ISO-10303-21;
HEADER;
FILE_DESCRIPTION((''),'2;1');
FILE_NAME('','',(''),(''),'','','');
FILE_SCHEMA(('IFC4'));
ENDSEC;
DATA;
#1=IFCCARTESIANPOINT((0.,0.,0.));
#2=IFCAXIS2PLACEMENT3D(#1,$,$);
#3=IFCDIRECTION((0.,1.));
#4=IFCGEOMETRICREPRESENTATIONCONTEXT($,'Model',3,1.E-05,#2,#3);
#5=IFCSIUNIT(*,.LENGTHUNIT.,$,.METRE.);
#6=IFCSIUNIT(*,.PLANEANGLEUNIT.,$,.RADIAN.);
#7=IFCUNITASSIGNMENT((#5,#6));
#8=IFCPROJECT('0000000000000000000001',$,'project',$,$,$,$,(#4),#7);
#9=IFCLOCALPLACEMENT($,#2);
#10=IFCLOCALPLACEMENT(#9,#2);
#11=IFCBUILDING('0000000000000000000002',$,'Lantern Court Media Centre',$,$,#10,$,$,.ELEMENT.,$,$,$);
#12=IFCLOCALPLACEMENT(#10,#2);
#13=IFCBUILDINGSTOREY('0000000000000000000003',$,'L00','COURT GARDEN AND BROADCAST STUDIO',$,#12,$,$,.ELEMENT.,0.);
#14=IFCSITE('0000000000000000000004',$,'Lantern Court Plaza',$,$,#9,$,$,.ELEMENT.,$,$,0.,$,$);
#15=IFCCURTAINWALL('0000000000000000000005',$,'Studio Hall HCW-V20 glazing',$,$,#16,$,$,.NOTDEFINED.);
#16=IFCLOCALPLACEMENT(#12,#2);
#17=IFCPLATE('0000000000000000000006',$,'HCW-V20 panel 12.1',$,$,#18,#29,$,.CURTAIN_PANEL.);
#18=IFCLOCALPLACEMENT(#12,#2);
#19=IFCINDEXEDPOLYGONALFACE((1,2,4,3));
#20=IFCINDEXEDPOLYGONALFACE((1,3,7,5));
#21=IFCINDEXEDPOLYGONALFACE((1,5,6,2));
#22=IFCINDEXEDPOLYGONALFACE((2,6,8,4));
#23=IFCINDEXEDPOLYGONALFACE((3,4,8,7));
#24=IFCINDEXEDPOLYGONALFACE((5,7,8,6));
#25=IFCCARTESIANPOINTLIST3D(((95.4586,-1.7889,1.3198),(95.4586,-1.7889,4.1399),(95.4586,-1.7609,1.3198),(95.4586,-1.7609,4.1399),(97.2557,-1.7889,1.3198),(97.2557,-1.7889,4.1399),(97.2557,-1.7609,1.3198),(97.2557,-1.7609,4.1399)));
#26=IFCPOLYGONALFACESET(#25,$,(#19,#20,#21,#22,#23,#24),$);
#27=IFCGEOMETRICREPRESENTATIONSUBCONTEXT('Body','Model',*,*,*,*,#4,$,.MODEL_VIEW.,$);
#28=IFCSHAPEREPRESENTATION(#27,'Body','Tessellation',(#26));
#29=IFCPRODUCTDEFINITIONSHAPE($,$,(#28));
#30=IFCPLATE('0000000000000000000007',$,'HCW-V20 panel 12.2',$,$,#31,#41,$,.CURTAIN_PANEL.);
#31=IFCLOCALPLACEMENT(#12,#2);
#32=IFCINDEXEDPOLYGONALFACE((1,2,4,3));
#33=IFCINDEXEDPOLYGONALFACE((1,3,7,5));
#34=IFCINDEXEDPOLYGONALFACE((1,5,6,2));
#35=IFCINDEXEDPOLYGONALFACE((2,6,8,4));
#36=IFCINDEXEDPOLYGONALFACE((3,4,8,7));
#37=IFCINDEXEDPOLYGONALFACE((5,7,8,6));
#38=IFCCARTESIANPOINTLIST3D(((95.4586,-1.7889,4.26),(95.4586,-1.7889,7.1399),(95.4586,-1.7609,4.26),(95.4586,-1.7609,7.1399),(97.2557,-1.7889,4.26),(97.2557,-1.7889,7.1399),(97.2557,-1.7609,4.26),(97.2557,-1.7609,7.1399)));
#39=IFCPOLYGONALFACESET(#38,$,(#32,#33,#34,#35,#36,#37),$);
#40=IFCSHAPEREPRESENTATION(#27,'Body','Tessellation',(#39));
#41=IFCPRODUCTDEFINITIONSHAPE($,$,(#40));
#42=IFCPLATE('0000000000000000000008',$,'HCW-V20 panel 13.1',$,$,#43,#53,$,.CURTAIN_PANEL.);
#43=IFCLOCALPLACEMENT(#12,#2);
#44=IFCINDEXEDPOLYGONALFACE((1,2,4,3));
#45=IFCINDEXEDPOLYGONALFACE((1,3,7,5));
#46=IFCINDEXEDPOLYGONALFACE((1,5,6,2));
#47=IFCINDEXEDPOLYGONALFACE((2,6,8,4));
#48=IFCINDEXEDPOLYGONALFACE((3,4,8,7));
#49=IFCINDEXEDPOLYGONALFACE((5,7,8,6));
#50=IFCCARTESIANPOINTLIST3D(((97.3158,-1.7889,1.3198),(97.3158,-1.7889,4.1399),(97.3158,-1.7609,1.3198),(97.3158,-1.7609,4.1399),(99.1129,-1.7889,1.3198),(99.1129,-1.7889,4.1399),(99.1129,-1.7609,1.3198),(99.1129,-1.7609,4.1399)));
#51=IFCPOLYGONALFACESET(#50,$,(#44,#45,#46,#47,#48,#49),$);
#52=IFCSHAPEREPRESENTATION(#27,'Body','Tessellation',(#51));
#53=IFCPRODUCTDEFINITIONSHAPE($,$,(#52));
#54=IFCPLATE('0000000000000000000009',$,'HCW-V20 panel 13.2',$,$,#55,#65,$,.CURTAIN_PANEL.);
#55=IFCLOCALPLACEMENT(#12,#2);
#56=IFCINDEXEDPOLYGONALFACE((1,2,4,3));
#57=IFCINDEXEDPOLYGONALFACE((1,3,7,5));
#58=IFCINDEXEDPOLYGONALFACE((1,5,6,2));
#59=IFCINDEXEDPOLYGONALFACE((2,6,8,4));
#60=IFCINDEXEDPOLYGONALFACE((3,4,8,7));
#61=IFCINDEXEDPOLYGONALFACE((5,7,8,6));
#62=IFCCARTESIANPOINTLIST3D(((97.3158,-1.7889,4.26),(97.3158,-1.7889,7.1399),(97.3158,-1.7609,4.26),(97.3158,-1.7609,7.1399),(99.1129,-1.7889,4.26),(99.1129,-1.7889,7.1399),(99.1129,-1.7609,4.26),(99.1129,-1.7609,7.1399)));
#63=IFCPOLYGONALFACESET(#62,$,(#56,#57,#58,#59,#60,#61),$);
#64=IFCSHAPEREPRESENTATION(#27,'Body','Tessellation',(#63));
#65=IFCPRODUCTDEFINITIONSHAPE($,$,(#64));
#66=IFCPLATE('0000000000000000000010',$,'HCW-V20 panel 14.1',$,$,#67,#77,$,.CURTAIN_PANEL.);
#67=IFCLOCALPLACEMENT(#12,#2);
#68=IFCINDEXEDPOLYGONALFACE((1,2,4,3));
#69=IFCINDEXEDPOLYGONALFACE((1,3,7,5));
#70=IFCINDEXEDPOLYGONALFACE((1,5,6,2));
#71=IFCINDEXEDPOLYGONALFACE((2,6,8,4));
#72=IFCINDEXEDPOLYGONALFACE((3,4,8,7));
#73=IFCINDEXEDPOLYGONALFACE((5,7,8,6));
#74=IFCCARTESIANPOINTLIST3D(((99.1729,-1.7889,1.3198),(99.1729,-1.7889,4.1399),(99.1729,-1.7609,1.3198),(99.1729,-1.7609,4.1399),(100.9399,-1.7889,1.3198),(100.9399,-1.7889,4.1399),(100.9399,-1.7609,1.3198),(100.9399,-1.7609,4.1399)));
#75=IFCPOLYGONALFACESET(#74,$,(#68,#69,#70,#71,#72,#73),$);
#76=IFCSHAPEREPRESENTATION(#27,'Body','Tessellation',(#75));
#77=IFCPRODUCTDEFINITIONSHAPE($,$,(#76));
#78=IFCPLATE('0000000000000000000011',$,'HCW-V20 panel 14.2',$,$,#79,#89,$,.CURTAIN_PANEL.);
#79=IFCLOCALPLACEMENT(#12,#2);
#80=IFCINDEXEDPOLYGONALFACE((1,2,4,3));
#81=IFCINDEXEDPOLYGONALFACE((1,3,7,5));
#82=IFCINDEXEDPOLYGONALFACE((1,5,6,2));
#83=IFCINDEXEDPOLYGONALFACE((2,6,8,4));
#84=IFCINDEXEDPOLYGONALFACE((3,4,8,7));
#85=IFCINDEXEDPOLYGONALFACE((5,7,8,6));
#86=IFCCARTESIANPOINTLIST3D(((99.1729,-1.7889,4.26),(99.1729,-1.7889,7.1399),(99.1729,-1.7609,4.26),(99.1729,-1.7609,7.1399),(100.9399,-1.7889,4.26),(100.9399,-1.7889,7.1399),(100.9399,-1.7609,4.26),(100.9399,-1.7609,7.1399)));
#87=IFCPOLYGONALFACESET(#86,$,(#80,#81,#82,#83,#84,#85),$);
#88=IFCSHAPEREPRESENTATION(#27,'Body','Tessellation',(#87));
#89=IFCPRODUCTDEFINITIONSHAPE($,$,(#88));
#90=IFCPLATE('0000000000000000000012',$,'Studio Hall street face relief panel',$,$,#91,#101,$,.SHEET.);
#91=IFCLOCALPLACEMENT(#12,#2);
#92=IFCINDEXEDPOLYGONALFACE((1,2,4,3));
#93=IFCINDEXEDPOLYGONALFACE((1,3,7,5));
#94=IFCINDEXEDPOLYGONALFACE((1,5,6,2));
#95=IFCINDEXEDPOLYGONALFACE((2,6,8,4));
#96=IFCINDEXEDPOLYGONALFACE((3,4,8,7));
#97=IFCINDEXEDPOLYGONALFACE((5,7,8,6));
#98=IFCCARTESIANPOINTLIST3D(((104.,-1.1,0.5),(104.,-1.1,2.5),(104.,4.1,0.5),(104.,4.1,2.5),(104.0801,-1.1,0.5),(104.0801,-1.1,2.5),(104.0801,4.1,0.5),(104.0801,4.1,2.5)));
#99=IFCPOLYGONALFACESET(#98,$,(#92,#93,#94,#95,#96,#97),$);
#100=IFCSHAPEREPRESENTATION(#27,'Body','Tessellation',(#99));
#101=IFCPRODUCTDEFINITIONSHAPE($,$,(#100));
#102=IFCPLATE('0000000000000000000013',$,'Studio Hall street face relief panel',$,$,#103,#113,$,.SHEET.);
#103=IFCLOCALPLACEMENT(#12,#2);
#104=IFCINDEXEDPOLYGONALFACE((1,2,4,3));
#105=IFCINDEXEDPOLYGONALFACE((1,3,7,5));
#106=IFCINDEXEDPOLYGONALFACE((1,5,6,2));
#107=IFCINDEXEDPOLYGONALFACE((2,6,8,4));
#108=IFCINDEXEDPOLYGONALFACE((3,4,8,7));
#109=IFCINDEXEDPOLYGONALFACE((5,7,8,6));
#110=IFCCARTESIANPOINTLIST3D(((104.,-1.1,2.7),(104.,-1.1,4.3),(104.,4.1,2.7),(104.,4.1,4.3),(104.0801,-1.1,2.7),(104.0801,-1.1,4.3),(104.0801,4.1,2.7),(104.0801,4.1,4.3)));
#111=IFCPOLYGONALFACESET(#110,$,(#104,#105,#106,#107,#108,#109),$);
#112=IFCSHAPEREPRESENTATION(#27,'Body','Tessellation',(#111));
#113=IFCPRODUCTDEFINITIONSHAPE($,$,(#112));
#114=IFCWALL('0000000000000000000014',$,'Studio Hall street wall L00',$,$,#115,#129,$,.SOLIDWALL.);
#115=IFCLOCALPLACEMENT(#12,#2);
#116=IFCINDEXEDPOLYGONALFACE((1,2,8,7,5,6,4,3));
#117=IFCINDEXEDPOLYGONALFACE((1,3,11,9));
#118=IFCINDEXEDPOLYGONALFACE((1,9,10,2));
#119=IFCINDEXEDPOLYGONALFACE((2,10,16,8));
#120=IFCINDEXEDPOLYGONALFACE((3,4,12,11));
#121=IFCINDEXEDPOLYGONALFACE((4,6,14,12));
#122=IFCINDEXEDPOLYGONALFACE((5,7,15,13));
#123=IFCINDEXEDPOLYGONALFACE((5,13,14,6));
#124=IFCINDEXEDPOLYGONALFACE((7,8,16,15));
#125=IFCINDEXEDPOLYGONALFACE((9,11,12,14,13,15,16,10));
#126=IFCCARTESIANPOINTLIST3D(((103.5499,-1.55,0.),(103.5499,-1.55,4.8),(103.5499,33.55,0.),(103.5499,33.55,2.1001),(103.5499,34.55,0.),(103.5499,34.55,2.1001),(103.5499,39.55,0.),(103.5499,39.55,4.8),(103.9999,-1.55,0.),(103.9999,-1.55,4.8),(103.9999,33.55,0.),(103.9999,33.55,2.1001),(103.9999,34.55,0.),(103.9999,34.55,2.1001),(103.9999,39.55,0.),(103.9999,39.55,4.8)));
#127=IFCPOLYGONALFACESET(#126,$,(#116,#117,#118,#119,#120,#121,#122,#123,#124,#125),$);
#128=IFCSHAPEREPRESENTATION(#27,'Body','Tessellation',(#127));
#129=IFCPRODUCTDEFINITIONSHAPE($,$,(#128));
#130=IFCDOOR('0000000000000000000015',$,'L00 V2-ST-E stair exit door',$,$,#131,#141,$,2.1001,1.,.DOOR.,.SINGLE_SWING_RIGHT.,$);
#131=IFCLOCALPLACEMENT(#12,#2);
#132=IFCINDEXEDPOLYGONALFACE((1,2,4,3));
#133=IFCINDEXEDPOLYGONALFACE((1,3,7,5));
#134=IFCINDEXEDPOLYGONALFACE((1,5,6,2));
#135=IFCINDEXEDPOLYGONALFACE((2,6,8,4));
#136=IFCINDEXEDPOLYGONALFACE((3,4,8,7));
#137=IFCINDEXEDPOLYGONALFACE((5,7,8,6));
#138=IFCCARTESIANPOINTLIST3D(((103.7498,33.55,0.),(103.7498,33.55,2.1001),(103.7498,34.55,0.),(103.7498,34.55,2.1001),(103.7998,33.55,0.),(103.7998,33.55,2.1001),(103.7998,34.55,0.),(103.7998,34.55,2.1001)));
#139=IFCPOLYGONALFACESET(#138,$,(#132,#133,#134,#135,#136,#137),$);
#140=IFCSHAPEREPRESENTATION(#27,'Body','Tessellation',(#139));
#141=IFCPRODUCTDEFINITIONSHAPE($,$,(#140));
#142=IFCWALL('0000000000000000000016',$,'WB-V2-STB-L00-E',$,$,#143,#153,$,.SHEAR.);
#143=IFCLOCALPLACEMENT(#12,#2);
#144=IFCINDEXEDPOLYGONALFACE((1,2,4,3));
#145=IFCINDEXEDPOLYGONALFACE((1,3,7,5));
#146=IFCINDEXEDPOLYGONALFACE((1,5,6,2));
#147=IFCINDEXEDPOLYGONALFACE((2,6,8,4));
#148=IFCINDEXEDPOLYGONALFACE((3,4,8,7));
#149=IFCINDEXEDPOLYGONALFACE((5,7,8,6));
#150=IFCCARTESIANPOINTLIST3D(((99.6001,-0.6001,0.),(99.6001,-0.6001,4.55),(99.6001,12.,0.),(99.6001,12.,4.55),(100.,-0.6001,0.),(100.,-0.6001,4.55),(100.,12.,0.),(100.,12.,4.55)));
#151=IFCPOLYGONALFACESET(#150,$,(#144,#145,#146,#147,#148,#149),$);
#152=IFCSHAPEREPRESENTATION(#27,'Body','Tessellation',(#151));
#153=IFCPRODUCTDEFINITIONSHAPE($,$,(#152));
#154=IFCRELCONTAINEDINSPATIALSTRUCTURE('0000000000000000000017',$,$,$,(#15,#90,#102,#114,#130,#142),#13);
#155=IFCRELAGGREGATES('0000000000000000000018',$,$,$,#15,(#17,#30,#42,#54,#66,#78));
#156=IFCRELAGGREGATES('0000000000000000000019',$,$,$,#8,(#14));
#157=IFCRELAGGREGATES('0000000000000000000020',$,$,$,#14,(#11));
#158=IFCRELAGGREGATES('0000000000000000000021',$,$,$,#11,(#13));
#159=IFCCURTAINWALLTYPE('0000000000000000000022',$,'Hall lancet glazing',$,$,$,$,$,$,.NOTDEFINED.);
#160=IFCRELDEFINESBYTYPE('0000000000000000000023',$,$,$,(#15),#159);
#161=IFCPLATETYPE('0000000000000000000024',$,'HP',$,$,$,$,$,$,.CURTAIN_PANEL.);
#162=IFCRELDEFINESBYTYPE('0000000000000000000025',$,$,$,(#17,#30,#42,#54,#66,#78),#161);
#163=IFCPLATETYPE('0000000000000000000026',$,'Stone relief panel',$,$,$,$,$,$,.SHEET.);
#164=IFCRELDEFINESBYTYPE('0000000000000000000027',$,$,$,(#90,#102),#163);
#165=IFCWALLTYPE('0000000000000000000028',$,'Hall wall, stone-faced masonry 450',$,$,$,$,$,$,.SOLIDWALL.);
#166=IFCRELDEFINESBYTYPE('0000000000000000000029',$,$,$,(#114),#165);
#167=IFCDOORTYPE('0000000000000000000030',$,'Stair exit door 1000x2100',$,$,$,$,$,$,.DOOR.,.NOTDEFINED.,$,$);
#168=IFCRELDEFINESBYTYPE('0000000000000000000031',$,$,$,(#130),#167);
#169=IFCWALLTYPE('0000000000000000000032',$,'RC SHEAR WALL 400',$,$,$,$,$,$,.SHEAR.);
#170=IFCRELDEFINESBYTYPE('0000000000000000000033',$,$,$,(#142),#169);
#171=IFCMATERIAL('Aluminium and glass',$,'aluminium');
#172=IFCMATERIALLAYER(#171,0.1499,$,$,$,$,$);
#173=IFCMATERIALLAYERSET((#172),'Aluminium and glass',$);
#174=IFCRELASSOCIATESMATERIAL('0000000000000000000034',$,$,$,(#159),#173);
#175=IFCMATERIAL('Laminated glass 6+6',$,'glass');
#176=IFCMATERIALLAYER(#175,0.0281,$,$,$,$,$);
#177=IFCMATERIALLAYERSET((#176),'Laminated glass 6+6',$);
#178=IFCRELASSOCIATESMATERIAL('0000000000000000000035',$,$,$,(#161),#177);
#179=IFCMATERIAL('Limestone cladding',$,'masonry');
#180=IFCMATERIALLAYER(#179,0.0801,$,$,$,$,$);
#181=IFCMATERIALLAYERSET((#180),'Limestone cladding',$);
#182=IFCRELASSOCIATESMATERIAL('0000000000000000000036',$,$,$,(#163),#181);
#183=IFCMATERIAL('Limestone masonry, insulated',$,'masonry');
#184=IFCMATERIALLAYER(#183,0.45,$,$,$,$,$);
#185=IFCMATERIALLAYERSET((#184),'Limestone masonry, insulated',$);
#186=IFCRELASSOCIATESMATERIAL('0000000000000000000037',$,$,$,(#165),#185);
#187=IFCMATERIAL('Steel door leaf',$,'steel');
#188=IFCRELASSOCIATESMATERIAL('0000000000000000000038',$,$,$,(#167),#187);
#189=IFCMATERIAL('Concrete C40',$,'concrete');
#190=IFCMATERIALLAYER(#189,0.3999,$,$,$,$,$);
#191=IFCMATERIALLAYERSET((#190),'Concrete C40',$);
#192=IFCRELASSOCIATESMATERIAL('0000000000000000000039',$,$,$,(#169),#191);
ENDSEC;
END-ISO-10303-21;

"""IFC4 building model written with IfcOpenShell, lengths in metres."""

from ifc_helpers import new_model, si_unit, direction, frame, frame_2d, origin, origin_2d, place, context, subcontext, project, spatial, rectangle, extrude, material, layer, layer_set, type_object, element, fill, aggregate, save


model = new_model("IFC4")

# Units and contexts
model_context = context("Model", 3, precision=1e-05, world=origin(), true_north=direction((0.0, 1.0)))
body_context = subcontext(model_context, "Body", "Model", "MODEL_VIEW")
ifc_project = project(units=[si_unit("LENGTHUNIT", "METRE"), si_unit("PLANEANGLEUNIT", "RADIAN")], contexts=[model_context])

# Site, building, storey
site_placement = place(None, origin())
site = spatial("IfcSite", under=ifc_project, at=site_placement, Name="Lantern Court Plaza", CompositionType="ELEMENT", RefElevation=0.0)
building_placement = place(site_placement, origin())
building = spatial("IfcBuilding", under=site, at=building_placement, Name="Lantern Court Media Centre", CompositionType="ELEMENT")
storey_placement = place(building_placement, origin())
storey = spatial("IfcBuildingStorey", under=building, at=storey_placement, Name="L00", Description="COURT GARDEN AND BROADCAST STUDIO", CompositionType="ELEMENT", Elevation=0.0)

# Curtain wall
ifc_material_1 = material(Name="Aluminium and glass", Category="aluminium")
ifc_layer_1 = layer(ifc_material_1, 0.1499)
ifc_layer_set_1 = layer_set([ifc_layer_1], Name="Aluminium and glass")
curtain_wall_type = type_object("IfcCurtainWallType", Name="Hall lancet glazing", PredefinedType="NOTDEFINED", material=ifc_layer_set_1)
curtain_wall_placement = place(storey_placement, origin())
curtain_wall = element("IfcCurtainWall", 1, at=curtain_wall_placement, inside=storey, type_object=curtain_wall_type, Name="Studio Hall HCW-V20 glazing", PredefinedType="NOTDEFINED")

# Plates
ifc_material_2 = material(Name="Laminated glass 6+6", Category="glass")
ifc_layer_2 = layer(ifc_material_2, 0.0281)
ifc_layer_set_2 = layer_set([ifc_layer_2], Name="Laminated glass 6+6")
plate_type_1 = type_object("IfcPlateType", Name="HP", PredefinedType="CURTAIN_PANEL", material=ifc_layer_set_2)
plate_1_placement = place(storey_placement, frame((96.3572, -1.7749, 1.3198), z_axis=(0.0, 0.0, 1.0), x_axis=(1.0, 0.0, 0.0)))
plate_1 = element("IfcPlate", 2, at=plate_1_placement, type_object=plate_type_1, Name="HCW-V20 panel 12.1", PredefinedType="CURTAIN_PANEL", context=body_context, shape_type="SweptSolid", body=[
    extrude(rectangle(XDim=1.7971, YDim=0.0281, at=origin_2d()), origin(), (0.0, 0.0, 1.0), 2.8201),
])
plate_2_placement = place(storey_placement, frame((96.3572, -1.7749, 4.26), z_axis=(0.0, 0.0, 1.0), x_axis=(1.0, 0.0, 0.0)))
plate_2 = element("IfcPlate", 3, at=plate_2_placement, type_object=plate_type_1, Name="HCW-V20 panel 12.2", PredefinedType="CURTAIN_PANEL", context=body_context, shape_type="SweptSolid", body=[
    extrude(rectangle(XDim=1.7971, YDim=0.0281, at=origin_2d()), origin(), (0.0, 0.0, 1.0), 2.8799),
])
plate_3_placement = place(storey_placement, frame((98.2144, -1.7749, 1.3198), z_axis=(0.0, 0.0, 1.0), x_axis=(1.0, 0.0, 0.0)))
plate_3 = element("IfcPlate", 4, at=plate_3_placement, type_object=plate_type_1, Name="HCW-V20 panel 13.1", PredefinedType="CURTAIN_PANEL", context=body_context, shape_type="SweptSolid", body=[
    extrude(rectangle(XDim=1.7971, YDim=0.0281, at=origin_2d()), origin(), (0.0, 0.0, 1.0), 2.8201),
])
plate_4_placement = place(storey_placement, frame((98.2144, -1.7749, 4.26), z_axis=(0.0, 0.0, 1.0), x_axis=(1.0, 0.0, 0.0)))
plate_4 = element("IfcPlate", 5, at=plate_4_placement, type_object=plate_type_1, Name="HCW-V20 panel 13.2", PredefinedType="CURTAIN_PANEL", context=body_context, shape_type="SweptSolid", body=[
    extrude(rectangle(XDim=1.7971, YDim=0.0281, at=origin_2d()), origin(), (0.0, 0.0, 1.0), 2.8799),
])
plate_5_placement = place(storey_placement, frame((100.0564, -1.7749, 1.3198), z_axis=(0.0, 0.0, 1.0), x_axis=(1.0, 0.0, 0.0)))
plate_5 = element("IfcPlate", 6, at=plate_5_placement, type_object=plate_type_1, Name="HCW-V20 panel 14.1", PredefinedType="CURTAIN_PANEL", context=body_context, shape_type="SweptSolid", body=[
    extrude(rectangle(XDim=1.7671, YDim=0.0281, at=origin_2d()), origin(), (0.0, 0.0, 1.0), 2.8201),
])
plate_6_placement = place(storey_placement, frame((100.0564, -1.7749, 4.26), z_axis=(0.0, 0.0, 1.0), x_axis=(1.0, 0.0, 0.0)))
plate_6 = element("IfcPlate", 7, at=plate_6_placement, type_object=plate_type_1, Name="HCW-V20 panel 14.2", PredefinedType="CURTAIN_PANEL", context=body_context, shape_type="SweptSolid", body=[
    extrude(rectangle(XDim=1.7671, YDim=0.0281, at=origin_2d()), origin(), (0.0, 0.0, 1.0), 2.8799),
])
aggregate(curtain_wall, [plate_1, plate_2, plate_3, plate_4, plate_5, plate_6])

# Plates
ifc_material_3 = material(Name="Limestone cladding", Category="masonry")
ifc_layer_3 = layer(ifc_material_3, 0.0801)
ifc_layer_set_3 = layer_set([ifc_layer_3], Name="Limestone cladding")
plate_type_2 = type_object("IfcPlateType", Name="Stone relief panel", PredefinedType="SHEET", material=ifc_layer_set_3)
plate_7_placement = place(storey_placement, frame((104.04, 1.5, 0.5), z_axis=(0.0, 0.0, 1.0), x_axis=(1.0, 0.0, 0.0)))
element("IfcPlate", 8, at=plate_7_placement, inside=storey, type_object=plate_type_2, Name="Studio Hall street face relief panel", PredefinedType="SHEET", context=body_context, shape_type="SweptSolid", body=[
    extrude(rectangle(XDim=0.0801, YDim=5.2, at=origin_2d()), origin(), (0.0, 0.0, 1.0), 2.0),
])
plate_8_placement = place(storey_placement, frame((104.04, 1.5, 2.7), z_axis=(0.0, 0.0, 1.0), x_axis=(1.0, 0.0, 0.0)))
element("IfcPlate", 9, at=plate_8_placement, inside=storey, type_object=plate_type_2, Name="Studio Hall street face relief panel", PredefinedType="SHEET", context=body_context, shape_type="SweptSolid", body=[
    extrude(rectangle(XDim=0.0801, YDim=5.2, at=origin_2d()), origin(), (0.0, 0.0, 1.0), 1.6001),
])

# Wall, opening, door
ifc_material_4 = material(Name="Limestone masonry, insulated", Category="masonry")
ifc_layer_4 = layer(ifc_material_4, 0.45)
ifc_layer_set_4 = layer_set([ifc_layer_4], Name="Limestone masonry, insulated")
wall_type_1 = type_object("IfcWallType", Name="Hall wall, stone-faced masonry 450", PredefinedType="SOLIDWALL", material=ifc_layer_set_4)
wall_1_placement = place(storey_placement, frame((103.7749, -1.55, 0.0), z_axis=(0.0, 0.0, 1.0), x_axis=(0.0, 1.0, 0.0)))
wall_1 = element("IfcWall", 10, at=wall_1_placement, inside=storey, type_object=wall_type_1, Name="Studio Hall street wall L00", PredefinedType="SOLIDWALL", context=body_context, shape_type="SweptSolid", body=[
    extrude(rectangle(XDim=41.1001, YDim=0.45, at=frame_2d((20.55, 0.0))), origin(), (0.0, 0.0, 1.0), 4.8),
])
opening_1_placement = place(wall_1_placement, frame((35.1001, 0.0, 0.0)))
opening_1 = element("IfcOpeningElement", 11, at=opening_1_placement, cuts=wall_1, PredefinedType="OPENING", context=body_context, shape_type="SweptSolid", body=[
    extrude(rectangle(XDim=1.0, YDim=2.1001, at=frame_2d((0.5, 1.05))), frame((0.0, 0.2349, 0.0), z_axis=(0.0, -1.0, 0.0), x_axis=(1.0, 0.0, 0.0)), (0.0, 0.0, 1.0), 0.47),
])
ifc_material_5 = material(Name="Steel door leaf", Category="steel")
door_type_1 = type_object("IfcDoorType", Name="Stair exit door 1000x2100", OperationType="NOTDEFINED", PredefinedType="DOOR", material=ifc_material_5)
door_1_placement = place(opening_1_placement, frame((1.0, 0.0, 0.0), z_axis=(0.0, 0.0, 1.0), x_axis=(-1.0, 0.0, 0.0)))
door_1 = element("IfcDoor", 12, at=door_1_placement, inside=storey, type_object=door_type_1, Name="L00 V2-ST-E stair exit door", OperationType="SINGLE_SWING_RIGHT", OverallHeight=2.1001, OverallWidth=1.0, PredefinedType="DOOR", context=body_context, shape_type="SweptSolid", body=[
    extrude(rectangle(XDim=1.0, YDim=2.1001, at=frame_2d((0.5, 1.05))), frame((0.0, 0.0249, 0.0), z_axis=(0.0, -1.0, 0.0), x_axis=(1.0, 0.0, 0.0)), (0.0, 0.0, 1.0), 0.05),
])
fill(opening_1, door_1)

# Wall
ifc_material_6 = material(Name="Concrete C40", Category="concrete")
ifc_layer_5 = layer(ifc_material_6, 0.3999)
ifc_layer_set_5 = layer_set([ifc_layer_5], Name="Concrete C40")
wall_type_2 = type_object("IfcWallType", Name="RC SHEAR WALL 400", PredefinedType="SHEAR", material=ifc_layer_set_5)
wall_2_placement = place(storey_placement, frame((99.8, -0.6001, 0.0), z_axis=(0.0, 0.0, 1.0), x_axis=(0.0, 1.0, 0.0)))
element("IfcWall", 13, at=wall_2_placement, inside=storey, type_object=wall_type_2, Name="WB-V2-STB-L00-E", PredefinedType="SHEAR", context=body_context, shape_type="SweptSolid", body=[
    extrude(rectangle(XDim=12.6001, YDim=0.3999, at=frame_2d((6.3, 0.0))), origin(), (0.0, 0.0, 1.0), 4.55),
])

save(model, "model.ifc")
